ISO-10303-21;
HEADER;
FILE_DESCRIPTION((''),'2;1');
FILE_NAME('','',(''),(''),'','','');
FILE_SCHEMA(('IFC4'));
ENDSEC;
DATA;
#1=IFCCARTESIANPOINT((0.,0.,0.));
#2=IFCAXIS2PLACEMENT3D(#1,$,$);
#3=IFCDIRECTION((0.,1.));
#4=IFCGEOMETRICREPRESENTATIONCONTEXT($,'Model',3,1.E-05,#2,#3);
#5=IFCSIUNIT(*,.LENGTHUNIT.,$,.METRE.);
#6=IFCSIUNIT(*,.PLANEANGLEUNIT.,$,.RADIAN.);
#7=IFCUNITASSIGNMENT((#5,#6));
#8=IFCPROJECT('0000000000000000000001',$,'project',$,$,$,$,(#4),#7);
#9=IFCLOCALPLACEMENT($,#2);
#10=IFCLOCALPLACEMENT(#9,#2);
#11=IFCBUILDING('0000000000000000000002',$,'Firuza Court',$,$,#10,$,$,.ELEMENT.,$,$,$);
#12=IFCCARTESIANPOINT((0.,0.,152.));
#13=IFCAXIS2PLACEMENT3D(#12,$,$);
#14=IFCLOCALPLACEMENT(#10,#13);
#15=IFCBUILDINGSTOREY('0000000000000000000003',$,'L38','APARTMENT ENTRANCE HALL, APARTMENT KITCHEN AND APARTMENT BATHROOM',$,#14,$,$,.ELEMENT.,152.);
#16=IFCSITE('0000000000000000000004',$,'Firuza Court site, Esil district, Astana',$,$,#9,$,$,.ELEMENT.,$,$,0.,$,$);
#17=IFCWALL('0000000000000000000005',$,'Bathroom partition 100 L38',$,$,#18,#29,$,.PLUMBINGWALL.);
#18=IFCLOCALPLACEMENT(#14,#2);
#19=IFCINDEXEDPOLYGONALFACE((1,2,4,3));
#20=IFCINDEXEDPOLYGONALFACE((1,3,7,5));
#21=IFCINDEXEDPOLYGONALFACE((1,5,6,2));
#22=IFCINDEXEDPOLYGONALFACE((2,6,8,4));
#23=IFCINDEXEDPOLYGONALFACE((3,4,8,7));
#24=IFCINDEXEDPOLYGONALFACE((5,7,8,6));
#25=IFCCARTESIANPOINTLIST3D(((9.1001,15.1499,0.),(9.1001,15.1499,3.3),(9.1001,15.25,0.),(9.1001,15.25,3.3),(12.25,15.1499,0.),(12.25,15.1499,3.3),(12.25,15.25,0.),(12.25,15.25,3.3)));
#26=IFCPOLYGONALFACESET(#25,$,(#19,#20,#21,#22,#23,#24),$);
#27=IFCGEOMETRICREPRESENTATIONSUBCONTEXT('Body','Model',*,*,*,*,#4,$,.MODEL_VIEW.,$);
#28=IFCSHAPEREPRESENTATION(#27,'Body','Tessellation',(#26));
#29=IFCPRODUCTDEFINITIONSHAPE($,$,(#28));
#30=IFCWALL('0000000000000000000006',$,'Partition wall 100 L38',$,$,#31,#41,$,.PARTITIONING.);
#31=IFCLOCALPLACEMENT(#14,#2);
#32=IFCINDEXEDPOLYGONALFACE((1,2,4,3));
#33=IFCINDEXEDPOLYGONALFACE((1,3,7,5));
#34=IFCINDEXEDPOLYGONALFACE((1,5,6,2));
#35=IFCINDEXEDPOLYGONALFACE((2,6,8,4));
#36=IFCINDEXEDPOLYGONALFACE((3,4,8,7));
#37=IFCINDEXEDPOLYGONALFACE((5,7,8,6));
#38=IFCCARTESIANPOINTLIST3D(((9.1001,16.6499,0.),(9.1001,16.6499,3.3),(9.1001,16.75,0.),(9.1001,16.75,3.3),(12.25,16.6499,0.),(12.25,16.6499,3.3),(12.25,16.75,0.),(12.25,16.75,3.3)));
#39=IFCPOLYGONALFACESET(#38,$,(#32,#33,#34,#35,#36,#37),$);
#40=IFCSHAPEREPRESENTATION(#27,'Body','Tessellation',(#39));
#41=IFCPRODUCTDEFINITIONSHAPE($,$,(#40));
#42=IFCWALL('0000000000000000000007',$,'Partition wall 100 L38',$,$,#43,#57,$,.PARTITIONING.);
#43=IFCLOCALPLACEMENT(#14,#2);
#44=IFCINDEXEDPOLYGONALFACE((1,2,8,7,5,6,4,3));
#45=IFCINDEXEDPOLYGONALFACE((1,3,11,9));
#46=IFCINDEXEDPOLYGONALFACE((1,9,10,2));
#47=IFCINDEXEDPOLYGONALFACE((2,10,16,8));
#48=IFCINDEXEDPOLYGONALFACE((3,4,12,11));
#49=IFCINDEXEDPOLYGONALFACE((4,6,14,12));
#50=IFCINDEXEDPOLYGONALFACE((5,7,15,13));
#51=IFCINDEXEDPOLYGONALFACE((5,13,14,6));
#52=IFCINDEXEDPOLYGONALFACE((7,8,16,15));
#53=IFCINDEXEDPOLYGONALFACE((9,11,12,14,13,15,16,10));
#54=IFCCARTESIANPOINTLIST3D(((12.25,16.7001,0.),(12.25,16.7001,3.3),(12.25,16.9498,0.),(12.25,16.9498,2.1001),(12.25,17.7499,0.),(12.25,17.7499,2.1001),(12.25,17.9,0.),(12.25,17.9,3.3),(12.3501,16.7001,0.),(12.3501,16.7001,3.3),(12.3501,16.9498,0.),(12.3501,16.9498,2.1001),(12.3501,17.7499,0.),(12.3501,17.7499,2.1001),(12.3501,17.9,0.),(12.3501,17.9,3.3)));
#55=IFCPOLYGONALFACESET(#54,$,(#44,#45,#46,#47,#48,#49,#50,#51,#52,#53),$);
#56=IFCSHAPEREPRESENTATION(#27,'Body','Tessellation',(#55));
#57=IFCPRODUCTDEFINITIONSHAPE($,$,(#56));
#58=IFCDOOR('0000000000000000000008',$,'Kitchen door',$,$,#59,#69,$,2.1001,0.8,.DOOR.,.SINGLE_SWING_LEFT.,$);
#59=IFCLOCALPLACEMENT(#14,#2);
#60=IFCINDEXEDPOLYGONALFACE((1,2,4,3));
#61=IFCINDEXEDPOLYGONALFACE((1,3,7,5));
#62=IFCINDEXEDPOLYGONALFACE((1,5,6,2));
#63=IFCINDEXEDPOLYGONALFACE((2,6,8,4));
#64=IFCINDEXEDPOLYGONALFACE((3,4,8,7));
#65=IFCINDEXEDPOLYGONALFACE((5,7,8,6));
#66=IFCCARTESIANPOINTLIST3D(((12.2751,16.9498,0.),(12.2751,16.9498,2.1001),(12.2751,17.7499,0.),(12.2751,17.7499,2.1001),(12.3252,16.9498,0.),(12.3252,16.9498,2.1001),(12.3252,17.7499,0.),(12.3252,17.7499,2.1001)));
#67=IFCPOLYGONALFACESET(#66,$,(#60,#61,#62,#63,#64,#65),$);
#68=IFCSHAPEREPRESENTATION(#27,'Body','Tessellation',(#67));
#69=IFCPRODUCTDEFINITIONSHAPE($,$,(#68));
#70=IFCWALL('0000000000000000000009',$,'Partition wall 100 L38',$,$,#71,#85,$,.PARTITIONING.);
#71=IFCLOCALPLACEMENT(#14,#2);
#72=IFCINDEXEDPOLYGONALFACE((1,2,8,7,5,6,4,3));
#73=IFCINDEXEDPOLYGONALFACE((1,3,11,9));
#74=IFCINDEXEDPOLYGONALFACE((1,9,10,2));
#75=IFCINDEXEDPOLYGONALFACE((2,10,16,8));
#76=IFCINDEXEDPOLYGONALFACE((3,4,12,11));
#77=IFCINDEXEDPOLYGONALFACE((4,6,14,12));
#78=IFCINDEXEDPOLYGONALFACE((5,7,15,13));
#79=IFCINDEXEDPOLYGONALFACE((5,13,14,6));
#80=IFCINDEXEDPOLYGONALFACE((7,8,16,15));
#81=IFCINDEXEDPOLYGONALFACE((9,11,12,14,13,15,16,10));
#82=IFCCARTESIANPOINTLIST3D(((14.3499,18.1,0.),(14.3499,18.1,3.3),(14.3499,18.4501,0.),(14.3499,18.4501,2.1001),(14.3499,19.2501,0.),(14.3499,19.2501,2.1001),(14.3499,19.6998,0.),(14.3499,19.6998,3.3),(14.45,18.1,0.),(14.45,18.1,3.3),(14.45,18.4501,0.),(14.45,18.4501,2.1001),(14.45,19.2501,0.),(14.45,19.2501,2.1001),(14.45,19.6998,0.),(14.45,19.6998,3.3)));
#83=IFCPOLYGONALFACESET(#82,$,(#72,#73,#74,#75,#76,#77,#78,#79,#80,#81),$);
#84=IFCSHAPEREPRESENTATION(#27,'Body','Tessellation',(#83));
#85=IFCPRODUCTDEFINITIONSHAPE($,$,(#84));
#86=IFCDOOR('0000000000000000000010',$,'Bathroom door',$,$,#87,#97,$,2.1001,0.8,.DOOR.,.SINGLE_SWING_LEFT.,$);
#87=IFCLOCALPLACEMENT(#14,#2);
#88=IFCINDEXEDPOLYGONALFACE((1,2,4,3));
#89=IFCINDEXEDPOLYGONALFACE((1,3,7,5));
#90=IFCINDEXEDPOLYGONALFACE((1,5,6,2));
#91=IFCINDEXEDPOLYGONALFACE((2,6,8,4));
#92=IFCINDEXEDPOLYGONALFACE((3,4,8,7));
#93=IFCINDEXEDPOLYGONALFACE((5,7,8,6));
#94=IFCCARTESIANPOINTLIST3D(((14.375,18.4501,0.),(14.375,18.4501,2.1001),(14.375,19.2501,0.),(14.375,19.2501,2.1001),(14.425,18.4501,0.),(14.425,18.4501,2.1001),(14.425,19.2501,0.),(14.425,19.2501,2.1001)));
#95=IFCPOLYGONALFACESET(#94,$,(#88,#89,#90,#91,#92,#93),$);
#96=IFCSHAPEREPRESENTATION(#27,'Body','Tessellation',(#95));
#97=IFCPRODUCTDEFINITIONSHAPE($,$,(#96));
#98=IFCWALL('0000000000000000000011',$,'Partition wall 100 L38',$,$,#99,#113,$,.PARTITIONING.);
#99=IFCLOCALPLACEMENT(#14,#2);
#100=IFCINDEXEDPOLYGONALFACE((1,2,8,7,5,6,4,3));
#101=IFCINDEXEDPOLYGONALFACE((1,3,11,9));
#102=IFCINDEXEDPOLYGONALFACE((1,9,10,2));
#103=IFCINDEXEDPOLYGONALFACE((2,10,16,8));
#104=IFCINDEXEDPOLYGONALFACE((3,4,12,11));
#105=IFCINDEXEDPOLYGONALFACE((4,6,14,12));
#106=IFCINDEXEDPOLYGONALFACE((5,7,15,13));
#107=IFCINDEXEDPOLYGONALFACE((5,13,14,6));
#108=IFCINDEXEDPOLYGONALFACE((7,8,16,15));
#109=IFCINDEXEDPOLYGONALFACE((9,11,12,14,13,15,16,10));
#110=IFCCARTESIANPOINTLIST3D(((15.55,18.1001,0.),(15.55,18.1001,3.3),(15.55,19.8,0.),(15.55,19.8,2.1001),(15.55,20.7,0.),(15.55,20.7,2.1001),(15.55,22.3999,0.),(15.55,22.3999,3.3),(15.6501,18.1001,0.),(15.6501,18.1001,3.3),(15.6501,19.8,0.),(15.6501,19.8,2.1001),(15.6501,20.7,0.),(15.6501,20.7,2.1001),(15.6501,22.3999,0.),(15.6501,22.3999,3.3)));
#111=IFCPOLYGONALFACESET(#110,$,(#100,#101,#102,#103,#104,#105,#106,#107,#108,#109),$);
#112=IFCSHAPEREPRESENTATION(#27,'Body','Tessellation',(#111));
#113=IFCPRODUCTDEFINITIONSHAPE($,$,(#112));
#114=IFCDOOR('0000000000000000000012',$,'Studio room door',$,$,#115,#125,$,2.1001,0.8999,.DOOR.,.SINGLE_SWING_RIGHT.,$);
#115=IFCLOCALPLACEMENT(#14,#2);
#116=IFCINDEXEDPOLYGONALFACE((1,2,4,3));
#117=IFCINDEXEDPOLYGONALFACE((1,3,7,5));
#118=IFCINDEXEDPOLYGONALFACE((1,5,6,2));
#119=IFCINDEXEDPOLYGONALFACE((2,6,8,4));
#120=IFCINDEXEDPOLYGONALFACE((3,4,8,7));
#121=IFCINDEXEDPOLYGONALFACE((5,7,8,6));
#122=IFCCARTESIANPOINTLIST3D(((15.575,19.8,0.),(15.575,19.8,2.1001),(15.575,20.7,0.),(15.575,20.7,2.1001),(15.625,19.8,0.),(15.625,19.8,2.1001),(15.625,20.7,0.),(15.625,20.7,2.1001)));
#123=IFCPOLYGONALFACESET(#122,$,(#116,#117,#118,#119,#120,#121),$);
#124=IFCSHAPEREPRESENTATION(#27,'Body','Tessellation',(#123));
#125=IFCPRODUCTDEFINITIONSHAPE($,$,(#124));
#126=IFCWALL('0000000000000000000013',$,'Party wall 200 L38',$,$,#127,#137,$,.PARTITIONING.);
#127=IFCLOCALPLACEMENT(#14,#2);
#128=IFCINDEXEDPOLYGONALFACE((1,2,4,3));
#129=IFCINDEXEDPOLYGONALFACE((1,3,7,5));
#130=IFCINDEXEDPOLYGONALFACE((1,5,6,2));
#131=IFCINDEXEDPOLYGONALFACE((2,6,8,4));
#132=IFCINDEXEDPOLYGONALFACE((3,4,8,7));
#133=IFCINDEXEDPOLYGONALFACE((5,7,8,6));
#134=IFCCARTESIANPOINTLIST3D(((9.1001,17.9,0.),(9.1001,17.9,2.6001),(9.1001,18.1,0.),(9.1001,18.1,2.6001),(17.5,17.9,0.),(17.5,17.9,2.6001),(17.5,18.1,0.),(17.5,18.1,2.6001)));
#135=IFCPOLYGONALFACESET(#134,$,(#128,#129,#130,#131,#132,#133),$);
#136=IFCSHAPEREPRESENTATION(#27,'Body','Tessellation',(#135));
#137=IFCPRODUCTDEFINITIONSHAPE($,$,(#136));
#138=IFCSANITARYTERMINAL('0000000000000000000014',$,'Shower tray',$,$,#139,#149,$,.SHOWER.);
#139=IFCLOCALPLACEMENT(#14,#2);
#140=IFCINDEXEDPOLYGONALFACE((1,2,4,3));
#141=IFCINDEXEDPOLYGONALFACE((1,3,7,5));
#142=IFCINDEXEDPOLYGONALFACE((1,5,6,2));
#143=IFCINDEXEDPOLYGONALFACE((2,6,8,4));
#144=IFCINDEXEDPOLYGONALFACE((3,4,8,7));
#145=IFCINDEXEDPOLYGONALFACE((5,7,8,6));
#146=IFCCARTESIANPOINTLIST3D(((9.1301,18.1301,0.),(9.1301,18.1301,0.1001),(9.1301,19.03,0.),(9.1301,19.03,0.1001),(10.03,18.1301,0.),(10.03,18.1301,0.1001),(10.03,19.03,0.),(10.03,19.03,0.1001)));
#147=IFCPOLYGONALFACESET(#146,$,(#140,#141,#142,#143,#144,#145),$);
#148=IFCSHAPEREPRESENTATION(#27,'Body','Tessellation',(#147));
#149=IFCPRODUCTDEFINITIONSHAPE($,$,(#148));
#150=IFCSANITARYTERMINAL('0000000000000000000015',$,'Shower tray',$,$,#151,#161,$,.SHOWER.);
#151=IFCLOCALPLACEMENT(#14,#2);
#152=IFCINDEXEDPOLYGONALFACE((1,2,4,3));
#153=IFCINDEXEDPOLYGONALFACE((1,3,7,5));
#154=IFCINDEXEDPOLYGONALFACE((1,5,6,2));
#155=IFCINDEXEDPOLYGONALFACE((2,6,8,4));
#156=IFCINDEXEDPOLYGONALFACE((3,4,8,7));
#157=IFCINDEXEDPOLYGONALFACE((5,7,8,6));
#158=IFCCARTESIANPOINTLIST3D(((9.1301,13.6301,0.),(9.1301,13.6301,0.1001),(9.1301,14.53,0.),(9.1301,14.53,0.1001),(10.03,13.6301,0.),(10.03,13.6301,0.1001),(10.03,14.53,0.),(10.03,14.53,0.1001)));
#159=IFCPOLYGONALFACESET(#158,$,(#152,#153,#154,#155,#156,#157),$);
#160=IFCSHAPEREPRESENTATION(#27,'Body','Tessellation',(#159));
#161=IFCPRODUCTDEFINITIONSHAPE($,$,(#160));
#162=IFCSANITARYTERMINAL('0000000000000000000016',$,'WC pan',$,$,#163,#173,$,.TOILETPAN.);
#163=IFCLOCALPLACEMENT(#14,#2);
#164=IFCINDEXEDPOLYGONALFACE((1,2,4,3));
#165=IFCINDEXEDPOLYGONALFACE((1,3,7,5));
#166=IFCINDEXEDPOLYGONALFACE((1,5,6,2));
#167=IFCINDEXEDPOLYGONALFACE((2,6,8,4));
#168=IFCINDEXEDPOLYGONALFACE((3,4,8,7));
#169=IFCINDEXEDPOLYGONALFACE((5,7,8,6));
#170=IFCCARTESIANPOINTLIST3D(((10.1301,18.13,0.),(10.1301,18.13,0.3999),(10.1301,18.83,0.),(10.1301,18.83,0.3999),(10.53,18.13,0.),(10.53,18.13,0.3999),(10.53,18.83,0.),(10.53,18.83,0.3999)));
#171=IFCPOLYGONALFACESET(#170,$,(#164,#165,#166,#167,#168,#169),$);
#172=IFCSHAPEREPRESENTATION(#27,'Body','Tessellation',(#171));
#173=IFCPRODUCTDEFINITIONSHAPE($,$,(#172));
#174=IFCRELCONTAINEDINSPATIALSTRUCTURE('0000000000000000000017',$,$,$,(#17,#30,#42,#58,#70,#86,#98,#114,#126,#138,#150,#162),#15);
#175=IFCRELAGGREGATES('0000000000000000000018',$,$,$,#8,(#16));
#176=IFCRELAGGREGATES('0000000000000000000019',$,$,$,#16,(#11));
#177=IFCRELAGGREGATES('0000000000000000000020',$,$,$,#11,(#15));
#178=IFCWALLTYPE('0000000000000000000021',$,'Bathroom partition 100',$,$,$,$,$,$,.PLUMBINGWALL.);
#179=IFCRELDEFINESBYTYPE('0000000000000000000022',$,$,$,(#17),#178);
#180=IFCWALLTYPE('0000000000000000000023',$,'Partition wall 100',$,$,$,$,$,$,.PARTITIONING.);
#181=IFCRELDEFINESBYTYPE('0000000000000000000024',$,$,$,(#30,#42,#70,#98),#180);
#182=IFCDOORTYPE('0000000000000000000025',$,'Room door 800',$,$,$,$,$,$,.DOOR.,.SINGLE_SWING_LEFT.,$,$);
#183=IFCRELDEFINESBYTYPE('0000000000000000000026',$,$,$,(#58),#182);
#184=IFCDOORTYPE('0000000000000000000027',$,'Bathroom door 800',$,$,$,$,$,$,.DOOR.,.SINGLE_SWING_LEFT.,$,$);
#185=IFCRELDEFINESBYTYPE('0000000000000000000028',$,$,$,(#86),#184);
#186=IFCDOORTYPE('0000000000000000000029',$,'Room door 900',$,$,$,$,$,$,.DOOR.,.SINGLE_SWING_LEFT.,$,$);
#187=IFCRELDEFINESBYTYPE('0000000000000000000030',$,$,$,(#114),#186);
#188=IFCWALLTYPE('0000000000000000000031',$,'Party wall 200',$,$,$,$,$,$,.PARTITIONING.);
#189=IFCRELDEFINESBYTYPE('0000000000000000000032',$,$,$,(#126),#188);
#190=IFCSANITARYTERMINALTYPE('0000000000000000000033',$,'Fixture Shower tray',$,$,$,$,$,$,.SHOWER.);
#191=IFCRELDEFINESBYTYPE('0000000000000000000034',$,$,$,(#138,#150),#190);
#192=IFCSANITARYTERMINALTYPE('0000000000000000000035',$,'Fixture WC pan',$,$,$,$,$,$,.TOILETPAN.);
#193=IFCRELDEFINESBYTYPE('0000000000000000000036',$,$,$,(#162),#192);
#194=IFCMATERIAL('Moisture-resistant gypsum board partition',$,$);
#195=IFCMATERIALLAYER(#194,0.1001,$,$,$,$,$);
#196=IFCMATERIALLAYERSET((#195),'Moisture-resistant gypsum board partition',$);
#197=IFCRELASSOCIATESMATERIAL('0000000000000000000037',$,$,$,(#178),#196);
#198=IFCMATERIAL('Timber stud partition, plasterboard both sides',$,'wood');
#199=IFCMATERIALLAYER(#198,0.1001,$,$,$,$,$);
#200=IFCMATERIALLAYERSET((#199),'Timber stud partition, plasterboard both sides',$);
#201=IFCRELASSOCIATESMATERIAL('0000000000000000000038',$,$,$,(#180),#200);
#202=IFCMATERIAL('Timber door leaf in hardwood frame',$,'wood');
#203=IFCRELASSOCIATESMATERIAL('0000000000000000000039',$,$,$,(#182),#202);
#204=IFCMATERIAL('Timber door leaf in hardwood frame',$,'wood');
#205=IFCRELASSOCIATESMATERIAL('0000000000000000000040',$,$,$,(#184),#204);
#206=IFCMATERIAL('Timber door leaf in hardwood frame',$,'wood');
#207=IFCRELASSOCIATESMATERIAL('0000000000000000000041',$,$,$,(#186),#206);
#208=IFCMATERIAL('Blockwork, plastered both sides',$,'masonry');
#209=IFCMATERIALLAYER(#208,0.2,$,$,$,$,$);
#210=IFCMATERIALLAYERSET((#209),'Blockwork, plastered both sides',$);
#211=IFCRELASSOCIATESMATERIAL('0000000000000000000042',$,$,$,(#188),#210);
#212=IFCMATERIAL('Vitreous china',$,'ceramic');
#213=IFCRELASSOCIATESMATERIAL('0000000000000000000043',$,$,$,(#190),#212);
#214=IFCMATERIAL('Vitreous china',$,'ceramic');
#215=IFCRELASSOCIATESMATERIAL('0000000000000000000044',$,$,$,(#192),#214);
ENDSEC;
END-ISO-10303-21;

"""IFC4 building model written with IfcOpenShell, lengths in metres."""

from ifc_helpers import new_model, si_unit, direction, frame, frame_2d, origin, origin_2d, place, context, subcontext, project, spatial, rectangle, extrude, material, layer, layer_set, type_object, element, fill, save


model = new_model("IFC4")

# Units and contexts
model_context = context("Model", 3, precision=1e-05, world=origin(), true_north=direction((0.0, 1.0)))
body_context = subcontext(model_context, "Body", "Model", "MODEL_VIEW")
ifc_project = project(units=[si_unit("LENGTHUNIT", "METRE"), si_unit("PLANEANGLEUNIT", "RADIAN")], contexts=[model_context])

# Site, building, storey
site_placement = place(None, origin())
site = spatial("IfcSite", under=ifc_project, at=site_placement, Name="Firuza Court site, Esil district, Astana", CompositionType="ELEMENT", RefElevation=0.0)
building_placement = place(site_placement, origin())
building = spatial("IfcBuilding", under=site, at=building_placement, Name="Firuza Court", CompositionType="ELEMENT")
storey_placement = place(building_placement, frame((0.0, 0.0, 152.0)))
storey = spatial("IfcBuildingStorey", under=building, at=storey_placement, Name="L38", Description="APARTMENT ENTRANCE HALL, APARTMENT KITCHEN AND APARTMENT BATHROOM", CompositionType="ELEMENT", Elevation=152.0)

# Walls
ifc_material_1 = material(Name="Moisture-resistant gypsum board partition")
ifc_layer_1 = layer(ifc_material_1, 0.1001)
ifc_layer_set_1 = layer_set([ifc_layer_1], Name="Moisture-resistant gypsum board partition")
wall_type_1 = type_object("IfcWallType", Name="Bathroom partition 100", PredefinedType="PLUMBINGWALL", material=ifc_layer_set_1)
wall_1_placement = place(storey_placement, frame((9.1001, 15.2, 0.0), z_axis=(0.0, 0.0, 1.0), x_axis=(1.0, 0.0, 0.0)))
element("IfcWall", 1, at=wall_1_placement, inside=storey, type_object=wall_type_1, Name="Bathroom partition 100 L38", PredefinedType="PLUMBINGWALL", context=body_context, shape_type="SweptSolid", body=[
    extrude(rectangle(XDim=3.1499, YDim=0.1001, at=frame_2d((1.575, 0.0))), origin(), (0.0, 0.0, 1.0), 3.3),
])
ifc_material_2 = material(Name="Timber stud partition, plasterboard both sides", Category="wood")
ifc_layer_2 = layer(ifc_material_2, 0.1001)
ifc_layer_set_2 = layer_set([ifc_layer_2], Name="Timber stud partition, plasterboard both sides")
wall_type_2 = type_object("IfcWallType", Name="Partition wall 100", PredefinedType="PARTITIONING", material=ifc_layer_set_2)
wall_2_placement = place(storey_placement, frame((9.1001, 16.7, 0.0), z_axis=(0.0, 0.0, 1.0), x_axis=(1.0, 0.0, 0.0)))
element("IfcWall", 2, at=wall_2_placement, inside=storey, type_object=wall_type_2, Name="Partition wall 100 L38", PredefinedType="PARTITIONING", context=body_context, shape_type="SweptSolid", body=[
    extrude(rectangle(XDim=3.1499, YDim=0.1001, at=frame_2d((1.575, 0.0))), origin(), (0.0, 0.0, 1.0), 3.3),
])

# Walls, openings, doors
wall_3_placement = place(storey_placement, frame((12.3, 16.7, 0.0), z_axis=(0.0, 0.0, 1.0), x_axis=(0.0, 1.0, 0.0)))
wall_3 = element("IfcWall", 3, at=wall_3_placement, inside=storey, type_object=wall_type_2, Name="Partition wall 100 L38", PredefinedType="PARTITIONING", context=body_context, shape_type="SweptSolid", body=[
    extrude(rectangle(XDim=1.2, YDim=0.1001, at=frame_2d((0.6001, 0.0))), origin(), (0.0, 0.0, 1.0), 3.3),
])
opening_1_placement = place(wall_3_placement, frame((0.25, 0.0, 0.0)))
opening_1 = element("IfcOpeningElement", 4, at=opening_1_placement, cuts=wall_3, PredefinedType="OPENING", context=body_context, shape_type="SweptSolid", body=[
    extrude(rectangle(XDim=0.8, YDim=2.1001, at=frame_2d((0.3999, 1.05))), frame((0.0, 0.062, 0.0), z_axis=(0.0, -1.0, 0.0), x_axis=(1.0, 0.0, 0.0)), (0.0, 0.0, 1.0), 0.124),
])
ifc_material_3 = material(Name="Timber door leaf in hardwood frame", Category="wood")
door_type_1 = type_object("IfcDoorType", Name="Room door 800", OperationType="SINGLE_SWING_LEFT", PredefinedType="DOOR", material=ifc_material_3)
door_1_placement = place(opening_1_placement, origin())
door_1 = element("IfcDoor", 5, at=door_1_placement, inside=storey, type_object=door_type_1, Name="Kitchen door", OperationType="SINGLE_SWING_LEFT", OverallHeight=2.1001, OverallWidth=0.8, PredefinedType="DOOR", context=body_context, shape_type="SweptSolid", body=[
    extrude(rectangle(XDim=0.8, YDim=2.1001, at=frame_2d((0.3999, 1.05))), frame((0.0, 0.0249, 0.0), z_axis=(0.0, -1.0, 0.0), x_axis=(1.0, 0.0, 0.0)), (0.0, 0.0, 1.0), 0.05),
])
fill(opening_1, door_1)
wall_4_placement = place(storey_placement, frame((14.3999, 18.1001, 0.0), z_axis=(0.0, 0.0, 1.0), x_axis=(0.0, 1.0, 0.0)))
wall_4 = element("IfcWall", 6, at=wall_4_placement, inside=storey, type_object=wall_type_2, Name="Partition wall 100 L38", PredefinedType="PARTITIONING", context=body_context, shape_type="SweptSolid", body=[
    extrude(rectangle(XDim=1.5999, YDim=0.1001, at=frame_2d((0.7998, 0.0))), origin(), (0.0, 0.0, 1.0), 3.3),
])
opening_2_placement = place(wall_4_placement, frame((0.3501, 0.0, 0.0)))
opening_2 = element("IfcOpeningElement", 7, at=opening_2_placement, cuts=wall_4, PredefinedType="OPENING", context=body_context, shape_type="SweptSolid", body=[
    extrude(rectangle(XDim=0.8, YDim=2.1001, at=frame_2d((0.3999, 1.05))), frame((0.0, 0.062, 0.0), z_axis=(0.0, -1.0, 0.0), x_axis=(1.0, 0.0, 0.0)), (0.0, 0.0, 1.0), 0.124),
])
ifc_material_4 = material(Name="Timber door leaf in hardwood frame", Category="wood")
door_type_2 = type_object("IfcDoorType", Name="Bathroom door 800", OperationType="SINGLE_SWING_LEFT", PredefinedType="DOOR", material=ifc_material_4)
door_2_placement = place(opening_2_placement, origin())
door_2 = element("IfcDoor", 8, at=door_2_placement, inside=storey, type_object=door_type_2, Name="Bathroom door", OperationType="SINGLE_SWING_LEFT", OverallHeight=2.1001, OverallWidth=0.8, PredefinedType="DOOR", context=body_context, shape_type="SweptSolid", body=[
    extrude(rectangle(XDim=0.8, YDim=2.1001, at=frame_2d((0.3999, 1.05))), frame((0.0, 0.0249, 0.0), z_axis=(0.0, -1.0, 0.0), x_axis=(1.0, 0.0, 0.0)), (0.0, 0.0, 1.0), 0.05),
])
fill(opening_2, door_2)
wall_5_placement = place(storey_placement, frame((15.6001, 18.1001, 0.0), z_axis=(0.0, 0.0, 1.0), x_axis=(0.0, 1.0, 0.0)))
wall_5 = element("IfcWall", 9, at=wall_5_placement, inside=storey, type_object=wall_type_2, Name="Partition wall 100 L38", PredefinedType="PARTITIONING", context=body_context, shape_type="SweptSolid", body=[
    extrude(rectangle(XDim=4.2998, YDim=0.1001, at=frame_2d((2.1499, 0.0))), origin(), (0.0, 0.0, 1.0), 3.3),
])
opening_3_placement = place(wall_5_placement, frame((1.7, 0.0, 0.0)))
opening_3 = element("IfcOpeningElement", 10, at=opening_3_placement, cuts=wall_5, PredefinedType="OPENING", context=body_context, shape_type="SweptSolid", body=[
    extrude(rectangle(XDim=0.8999, YDim=2.1001, at=frame_2d((0.45, 1.05))), frame((0.0, 0.062, 0.0), z_axis=(0.0, -1.0, 0.0), x_axis=(1.0, 0.0, 0.0)), (0.0, 0.0, 1.0), 0.124),
])
ifc_material_5 = material(Name="Timber door leaf in hardwood frame", Category="wood")
door_type_3 = type_object("IfcDoorType", Name="Room door 900", OperationType="SINGLE_SWING_LEFT", PredefinedType="DOOR", material=ifc_material_5)
door_3_placement = place(opening_3_placement, frame((0.8999, 0.0, 0.0), z_axis=(0.0, 0.0, 1.0), x_axis=(-1.0, 0.0, 0.0)))
door_3 = element("IfcDoor", 11, at=door_3_placement, inside=storey, type_object=door_type_3, Name="Studio room door", OperationType="SINGLE_SWING_RIGHT", OverallHeight=2.1001, OverallWidth=0.8999, PredefinedType="DOOR", context=body_context, shape_type="SweptSolid", body=[
    extrude(rectangle(XDim=0.8999, YDim=2.1001, at=frame_2d((0.45, 1.05))), frame((0.0, 0.0249, 0.0), z_axis=(0.0, -1.0, 0.0), x_axis=(1.0, 0.0, 0.0)), (0.0, 0.0, 1.0), 0.05),
])
fill(opening_3, door_3)

# Wall
ifc_material_6 = material(Name="Blockwork, plastered both sides", Category="masonry")
ifc_layer_3 = layer(ifc_material_6, 0.2)
ifc_layer_set_3 = layer_set([ifc_layer_3], Name="Blockwork, plastered both sides")
wall_type_3 = type_object("IfcWallType", Name="Party wall 200", PredefinedType="PARTITIONING", material=ifc_layer_set_3)
wall_6_placement = place(storey_placement, frame((9.1001, 18.0, 0.0), z_axis=(0.0, 0.0, 1.0), x_axis=(1.0, 0.0, 0.0)))
element("IfcWall", 12, at=wall_6_placement, inside=storey, type_object=wall_type_3, Name="Party wall 200 L38", PredefinedType="PARTITIONING", context=body_context, shape_type="SweptSolid", body=[
    extrude(rectangle(XDim=8.3999, YDim=0.2, at=frame_2d((4.2, 0.0))), origin(), (0.0, 0.0, 1.0), 2.6001),
])

# Sanitary terminals
ifc_material_7 = material(Name="Vitreous china", Category="ceramic")
sanitary_terminal_type_1 = type_object("IfcSanitaryTerminalType", Name="Fixture Shower tray", PredefinedType="SHOWER", material=ifc_material_7)
for number, where, z_axis, x_axis, name in (
    (13, (9.5801, 18.5801, 0.0), (0.0, 0.0, 1.0), (1.0, 0.0, 0.0), "Shower tray"),
    (14, (9.5801, 14.0801, 0.0), (0.0, 0.0, 1.0), (1.0, 0.0, 0.0), "Shower tray"),
):
    element("IfcSanitaryTerminal", number, at=place(storey_placement, frame(where, z_axis=z_axis, x_axis=x_axis)), inside=storey, type_object=sanitary_terminal_type_1, Name=name, PredefinedType="SHOWER", context=body_context, shape_type="SweptSolid", body=[
        extrude(rectangle(XDim=0.8999, YDim=0.8999, at=origin_2d()), origin(), (0.0, 0.0, 1.0), 0.1001),
    ])
ifc_material_8 = material(Name="Vitreous china", Category="ceramic")
sanitary_terminal_type_2 = type_object("IfcSanitaryTerminalType", Name="Fixture WC pan", PredefinedType="TOILETPAN", material=ifc_material_8)
for number, where, z_axis, x_axis, name in (
    (15, (10.3301, 18.48, 0.0), (0.0, 0.0, 1.0), (1.0, 0.0, 0.0), "WC pan"),
):
    element("IfcSanitaryTerminal", number, at=place(storey_placement, frame(where, z_axis=z_axis, x_axis=x_axis)), inside=storey, type_object=sanitary_terminal_type_2, Name=name, PredefinedType="TOILETPAN", context=body_context, shape_type="SweptSolid", body=[
        extrude(rectangle(XDim=0.3999, YDim=0.7, at=origin_2d()), origin(), (0.0, 0.0, 1.0), 0.3999),
    ])

save(model, "model.ifc")
